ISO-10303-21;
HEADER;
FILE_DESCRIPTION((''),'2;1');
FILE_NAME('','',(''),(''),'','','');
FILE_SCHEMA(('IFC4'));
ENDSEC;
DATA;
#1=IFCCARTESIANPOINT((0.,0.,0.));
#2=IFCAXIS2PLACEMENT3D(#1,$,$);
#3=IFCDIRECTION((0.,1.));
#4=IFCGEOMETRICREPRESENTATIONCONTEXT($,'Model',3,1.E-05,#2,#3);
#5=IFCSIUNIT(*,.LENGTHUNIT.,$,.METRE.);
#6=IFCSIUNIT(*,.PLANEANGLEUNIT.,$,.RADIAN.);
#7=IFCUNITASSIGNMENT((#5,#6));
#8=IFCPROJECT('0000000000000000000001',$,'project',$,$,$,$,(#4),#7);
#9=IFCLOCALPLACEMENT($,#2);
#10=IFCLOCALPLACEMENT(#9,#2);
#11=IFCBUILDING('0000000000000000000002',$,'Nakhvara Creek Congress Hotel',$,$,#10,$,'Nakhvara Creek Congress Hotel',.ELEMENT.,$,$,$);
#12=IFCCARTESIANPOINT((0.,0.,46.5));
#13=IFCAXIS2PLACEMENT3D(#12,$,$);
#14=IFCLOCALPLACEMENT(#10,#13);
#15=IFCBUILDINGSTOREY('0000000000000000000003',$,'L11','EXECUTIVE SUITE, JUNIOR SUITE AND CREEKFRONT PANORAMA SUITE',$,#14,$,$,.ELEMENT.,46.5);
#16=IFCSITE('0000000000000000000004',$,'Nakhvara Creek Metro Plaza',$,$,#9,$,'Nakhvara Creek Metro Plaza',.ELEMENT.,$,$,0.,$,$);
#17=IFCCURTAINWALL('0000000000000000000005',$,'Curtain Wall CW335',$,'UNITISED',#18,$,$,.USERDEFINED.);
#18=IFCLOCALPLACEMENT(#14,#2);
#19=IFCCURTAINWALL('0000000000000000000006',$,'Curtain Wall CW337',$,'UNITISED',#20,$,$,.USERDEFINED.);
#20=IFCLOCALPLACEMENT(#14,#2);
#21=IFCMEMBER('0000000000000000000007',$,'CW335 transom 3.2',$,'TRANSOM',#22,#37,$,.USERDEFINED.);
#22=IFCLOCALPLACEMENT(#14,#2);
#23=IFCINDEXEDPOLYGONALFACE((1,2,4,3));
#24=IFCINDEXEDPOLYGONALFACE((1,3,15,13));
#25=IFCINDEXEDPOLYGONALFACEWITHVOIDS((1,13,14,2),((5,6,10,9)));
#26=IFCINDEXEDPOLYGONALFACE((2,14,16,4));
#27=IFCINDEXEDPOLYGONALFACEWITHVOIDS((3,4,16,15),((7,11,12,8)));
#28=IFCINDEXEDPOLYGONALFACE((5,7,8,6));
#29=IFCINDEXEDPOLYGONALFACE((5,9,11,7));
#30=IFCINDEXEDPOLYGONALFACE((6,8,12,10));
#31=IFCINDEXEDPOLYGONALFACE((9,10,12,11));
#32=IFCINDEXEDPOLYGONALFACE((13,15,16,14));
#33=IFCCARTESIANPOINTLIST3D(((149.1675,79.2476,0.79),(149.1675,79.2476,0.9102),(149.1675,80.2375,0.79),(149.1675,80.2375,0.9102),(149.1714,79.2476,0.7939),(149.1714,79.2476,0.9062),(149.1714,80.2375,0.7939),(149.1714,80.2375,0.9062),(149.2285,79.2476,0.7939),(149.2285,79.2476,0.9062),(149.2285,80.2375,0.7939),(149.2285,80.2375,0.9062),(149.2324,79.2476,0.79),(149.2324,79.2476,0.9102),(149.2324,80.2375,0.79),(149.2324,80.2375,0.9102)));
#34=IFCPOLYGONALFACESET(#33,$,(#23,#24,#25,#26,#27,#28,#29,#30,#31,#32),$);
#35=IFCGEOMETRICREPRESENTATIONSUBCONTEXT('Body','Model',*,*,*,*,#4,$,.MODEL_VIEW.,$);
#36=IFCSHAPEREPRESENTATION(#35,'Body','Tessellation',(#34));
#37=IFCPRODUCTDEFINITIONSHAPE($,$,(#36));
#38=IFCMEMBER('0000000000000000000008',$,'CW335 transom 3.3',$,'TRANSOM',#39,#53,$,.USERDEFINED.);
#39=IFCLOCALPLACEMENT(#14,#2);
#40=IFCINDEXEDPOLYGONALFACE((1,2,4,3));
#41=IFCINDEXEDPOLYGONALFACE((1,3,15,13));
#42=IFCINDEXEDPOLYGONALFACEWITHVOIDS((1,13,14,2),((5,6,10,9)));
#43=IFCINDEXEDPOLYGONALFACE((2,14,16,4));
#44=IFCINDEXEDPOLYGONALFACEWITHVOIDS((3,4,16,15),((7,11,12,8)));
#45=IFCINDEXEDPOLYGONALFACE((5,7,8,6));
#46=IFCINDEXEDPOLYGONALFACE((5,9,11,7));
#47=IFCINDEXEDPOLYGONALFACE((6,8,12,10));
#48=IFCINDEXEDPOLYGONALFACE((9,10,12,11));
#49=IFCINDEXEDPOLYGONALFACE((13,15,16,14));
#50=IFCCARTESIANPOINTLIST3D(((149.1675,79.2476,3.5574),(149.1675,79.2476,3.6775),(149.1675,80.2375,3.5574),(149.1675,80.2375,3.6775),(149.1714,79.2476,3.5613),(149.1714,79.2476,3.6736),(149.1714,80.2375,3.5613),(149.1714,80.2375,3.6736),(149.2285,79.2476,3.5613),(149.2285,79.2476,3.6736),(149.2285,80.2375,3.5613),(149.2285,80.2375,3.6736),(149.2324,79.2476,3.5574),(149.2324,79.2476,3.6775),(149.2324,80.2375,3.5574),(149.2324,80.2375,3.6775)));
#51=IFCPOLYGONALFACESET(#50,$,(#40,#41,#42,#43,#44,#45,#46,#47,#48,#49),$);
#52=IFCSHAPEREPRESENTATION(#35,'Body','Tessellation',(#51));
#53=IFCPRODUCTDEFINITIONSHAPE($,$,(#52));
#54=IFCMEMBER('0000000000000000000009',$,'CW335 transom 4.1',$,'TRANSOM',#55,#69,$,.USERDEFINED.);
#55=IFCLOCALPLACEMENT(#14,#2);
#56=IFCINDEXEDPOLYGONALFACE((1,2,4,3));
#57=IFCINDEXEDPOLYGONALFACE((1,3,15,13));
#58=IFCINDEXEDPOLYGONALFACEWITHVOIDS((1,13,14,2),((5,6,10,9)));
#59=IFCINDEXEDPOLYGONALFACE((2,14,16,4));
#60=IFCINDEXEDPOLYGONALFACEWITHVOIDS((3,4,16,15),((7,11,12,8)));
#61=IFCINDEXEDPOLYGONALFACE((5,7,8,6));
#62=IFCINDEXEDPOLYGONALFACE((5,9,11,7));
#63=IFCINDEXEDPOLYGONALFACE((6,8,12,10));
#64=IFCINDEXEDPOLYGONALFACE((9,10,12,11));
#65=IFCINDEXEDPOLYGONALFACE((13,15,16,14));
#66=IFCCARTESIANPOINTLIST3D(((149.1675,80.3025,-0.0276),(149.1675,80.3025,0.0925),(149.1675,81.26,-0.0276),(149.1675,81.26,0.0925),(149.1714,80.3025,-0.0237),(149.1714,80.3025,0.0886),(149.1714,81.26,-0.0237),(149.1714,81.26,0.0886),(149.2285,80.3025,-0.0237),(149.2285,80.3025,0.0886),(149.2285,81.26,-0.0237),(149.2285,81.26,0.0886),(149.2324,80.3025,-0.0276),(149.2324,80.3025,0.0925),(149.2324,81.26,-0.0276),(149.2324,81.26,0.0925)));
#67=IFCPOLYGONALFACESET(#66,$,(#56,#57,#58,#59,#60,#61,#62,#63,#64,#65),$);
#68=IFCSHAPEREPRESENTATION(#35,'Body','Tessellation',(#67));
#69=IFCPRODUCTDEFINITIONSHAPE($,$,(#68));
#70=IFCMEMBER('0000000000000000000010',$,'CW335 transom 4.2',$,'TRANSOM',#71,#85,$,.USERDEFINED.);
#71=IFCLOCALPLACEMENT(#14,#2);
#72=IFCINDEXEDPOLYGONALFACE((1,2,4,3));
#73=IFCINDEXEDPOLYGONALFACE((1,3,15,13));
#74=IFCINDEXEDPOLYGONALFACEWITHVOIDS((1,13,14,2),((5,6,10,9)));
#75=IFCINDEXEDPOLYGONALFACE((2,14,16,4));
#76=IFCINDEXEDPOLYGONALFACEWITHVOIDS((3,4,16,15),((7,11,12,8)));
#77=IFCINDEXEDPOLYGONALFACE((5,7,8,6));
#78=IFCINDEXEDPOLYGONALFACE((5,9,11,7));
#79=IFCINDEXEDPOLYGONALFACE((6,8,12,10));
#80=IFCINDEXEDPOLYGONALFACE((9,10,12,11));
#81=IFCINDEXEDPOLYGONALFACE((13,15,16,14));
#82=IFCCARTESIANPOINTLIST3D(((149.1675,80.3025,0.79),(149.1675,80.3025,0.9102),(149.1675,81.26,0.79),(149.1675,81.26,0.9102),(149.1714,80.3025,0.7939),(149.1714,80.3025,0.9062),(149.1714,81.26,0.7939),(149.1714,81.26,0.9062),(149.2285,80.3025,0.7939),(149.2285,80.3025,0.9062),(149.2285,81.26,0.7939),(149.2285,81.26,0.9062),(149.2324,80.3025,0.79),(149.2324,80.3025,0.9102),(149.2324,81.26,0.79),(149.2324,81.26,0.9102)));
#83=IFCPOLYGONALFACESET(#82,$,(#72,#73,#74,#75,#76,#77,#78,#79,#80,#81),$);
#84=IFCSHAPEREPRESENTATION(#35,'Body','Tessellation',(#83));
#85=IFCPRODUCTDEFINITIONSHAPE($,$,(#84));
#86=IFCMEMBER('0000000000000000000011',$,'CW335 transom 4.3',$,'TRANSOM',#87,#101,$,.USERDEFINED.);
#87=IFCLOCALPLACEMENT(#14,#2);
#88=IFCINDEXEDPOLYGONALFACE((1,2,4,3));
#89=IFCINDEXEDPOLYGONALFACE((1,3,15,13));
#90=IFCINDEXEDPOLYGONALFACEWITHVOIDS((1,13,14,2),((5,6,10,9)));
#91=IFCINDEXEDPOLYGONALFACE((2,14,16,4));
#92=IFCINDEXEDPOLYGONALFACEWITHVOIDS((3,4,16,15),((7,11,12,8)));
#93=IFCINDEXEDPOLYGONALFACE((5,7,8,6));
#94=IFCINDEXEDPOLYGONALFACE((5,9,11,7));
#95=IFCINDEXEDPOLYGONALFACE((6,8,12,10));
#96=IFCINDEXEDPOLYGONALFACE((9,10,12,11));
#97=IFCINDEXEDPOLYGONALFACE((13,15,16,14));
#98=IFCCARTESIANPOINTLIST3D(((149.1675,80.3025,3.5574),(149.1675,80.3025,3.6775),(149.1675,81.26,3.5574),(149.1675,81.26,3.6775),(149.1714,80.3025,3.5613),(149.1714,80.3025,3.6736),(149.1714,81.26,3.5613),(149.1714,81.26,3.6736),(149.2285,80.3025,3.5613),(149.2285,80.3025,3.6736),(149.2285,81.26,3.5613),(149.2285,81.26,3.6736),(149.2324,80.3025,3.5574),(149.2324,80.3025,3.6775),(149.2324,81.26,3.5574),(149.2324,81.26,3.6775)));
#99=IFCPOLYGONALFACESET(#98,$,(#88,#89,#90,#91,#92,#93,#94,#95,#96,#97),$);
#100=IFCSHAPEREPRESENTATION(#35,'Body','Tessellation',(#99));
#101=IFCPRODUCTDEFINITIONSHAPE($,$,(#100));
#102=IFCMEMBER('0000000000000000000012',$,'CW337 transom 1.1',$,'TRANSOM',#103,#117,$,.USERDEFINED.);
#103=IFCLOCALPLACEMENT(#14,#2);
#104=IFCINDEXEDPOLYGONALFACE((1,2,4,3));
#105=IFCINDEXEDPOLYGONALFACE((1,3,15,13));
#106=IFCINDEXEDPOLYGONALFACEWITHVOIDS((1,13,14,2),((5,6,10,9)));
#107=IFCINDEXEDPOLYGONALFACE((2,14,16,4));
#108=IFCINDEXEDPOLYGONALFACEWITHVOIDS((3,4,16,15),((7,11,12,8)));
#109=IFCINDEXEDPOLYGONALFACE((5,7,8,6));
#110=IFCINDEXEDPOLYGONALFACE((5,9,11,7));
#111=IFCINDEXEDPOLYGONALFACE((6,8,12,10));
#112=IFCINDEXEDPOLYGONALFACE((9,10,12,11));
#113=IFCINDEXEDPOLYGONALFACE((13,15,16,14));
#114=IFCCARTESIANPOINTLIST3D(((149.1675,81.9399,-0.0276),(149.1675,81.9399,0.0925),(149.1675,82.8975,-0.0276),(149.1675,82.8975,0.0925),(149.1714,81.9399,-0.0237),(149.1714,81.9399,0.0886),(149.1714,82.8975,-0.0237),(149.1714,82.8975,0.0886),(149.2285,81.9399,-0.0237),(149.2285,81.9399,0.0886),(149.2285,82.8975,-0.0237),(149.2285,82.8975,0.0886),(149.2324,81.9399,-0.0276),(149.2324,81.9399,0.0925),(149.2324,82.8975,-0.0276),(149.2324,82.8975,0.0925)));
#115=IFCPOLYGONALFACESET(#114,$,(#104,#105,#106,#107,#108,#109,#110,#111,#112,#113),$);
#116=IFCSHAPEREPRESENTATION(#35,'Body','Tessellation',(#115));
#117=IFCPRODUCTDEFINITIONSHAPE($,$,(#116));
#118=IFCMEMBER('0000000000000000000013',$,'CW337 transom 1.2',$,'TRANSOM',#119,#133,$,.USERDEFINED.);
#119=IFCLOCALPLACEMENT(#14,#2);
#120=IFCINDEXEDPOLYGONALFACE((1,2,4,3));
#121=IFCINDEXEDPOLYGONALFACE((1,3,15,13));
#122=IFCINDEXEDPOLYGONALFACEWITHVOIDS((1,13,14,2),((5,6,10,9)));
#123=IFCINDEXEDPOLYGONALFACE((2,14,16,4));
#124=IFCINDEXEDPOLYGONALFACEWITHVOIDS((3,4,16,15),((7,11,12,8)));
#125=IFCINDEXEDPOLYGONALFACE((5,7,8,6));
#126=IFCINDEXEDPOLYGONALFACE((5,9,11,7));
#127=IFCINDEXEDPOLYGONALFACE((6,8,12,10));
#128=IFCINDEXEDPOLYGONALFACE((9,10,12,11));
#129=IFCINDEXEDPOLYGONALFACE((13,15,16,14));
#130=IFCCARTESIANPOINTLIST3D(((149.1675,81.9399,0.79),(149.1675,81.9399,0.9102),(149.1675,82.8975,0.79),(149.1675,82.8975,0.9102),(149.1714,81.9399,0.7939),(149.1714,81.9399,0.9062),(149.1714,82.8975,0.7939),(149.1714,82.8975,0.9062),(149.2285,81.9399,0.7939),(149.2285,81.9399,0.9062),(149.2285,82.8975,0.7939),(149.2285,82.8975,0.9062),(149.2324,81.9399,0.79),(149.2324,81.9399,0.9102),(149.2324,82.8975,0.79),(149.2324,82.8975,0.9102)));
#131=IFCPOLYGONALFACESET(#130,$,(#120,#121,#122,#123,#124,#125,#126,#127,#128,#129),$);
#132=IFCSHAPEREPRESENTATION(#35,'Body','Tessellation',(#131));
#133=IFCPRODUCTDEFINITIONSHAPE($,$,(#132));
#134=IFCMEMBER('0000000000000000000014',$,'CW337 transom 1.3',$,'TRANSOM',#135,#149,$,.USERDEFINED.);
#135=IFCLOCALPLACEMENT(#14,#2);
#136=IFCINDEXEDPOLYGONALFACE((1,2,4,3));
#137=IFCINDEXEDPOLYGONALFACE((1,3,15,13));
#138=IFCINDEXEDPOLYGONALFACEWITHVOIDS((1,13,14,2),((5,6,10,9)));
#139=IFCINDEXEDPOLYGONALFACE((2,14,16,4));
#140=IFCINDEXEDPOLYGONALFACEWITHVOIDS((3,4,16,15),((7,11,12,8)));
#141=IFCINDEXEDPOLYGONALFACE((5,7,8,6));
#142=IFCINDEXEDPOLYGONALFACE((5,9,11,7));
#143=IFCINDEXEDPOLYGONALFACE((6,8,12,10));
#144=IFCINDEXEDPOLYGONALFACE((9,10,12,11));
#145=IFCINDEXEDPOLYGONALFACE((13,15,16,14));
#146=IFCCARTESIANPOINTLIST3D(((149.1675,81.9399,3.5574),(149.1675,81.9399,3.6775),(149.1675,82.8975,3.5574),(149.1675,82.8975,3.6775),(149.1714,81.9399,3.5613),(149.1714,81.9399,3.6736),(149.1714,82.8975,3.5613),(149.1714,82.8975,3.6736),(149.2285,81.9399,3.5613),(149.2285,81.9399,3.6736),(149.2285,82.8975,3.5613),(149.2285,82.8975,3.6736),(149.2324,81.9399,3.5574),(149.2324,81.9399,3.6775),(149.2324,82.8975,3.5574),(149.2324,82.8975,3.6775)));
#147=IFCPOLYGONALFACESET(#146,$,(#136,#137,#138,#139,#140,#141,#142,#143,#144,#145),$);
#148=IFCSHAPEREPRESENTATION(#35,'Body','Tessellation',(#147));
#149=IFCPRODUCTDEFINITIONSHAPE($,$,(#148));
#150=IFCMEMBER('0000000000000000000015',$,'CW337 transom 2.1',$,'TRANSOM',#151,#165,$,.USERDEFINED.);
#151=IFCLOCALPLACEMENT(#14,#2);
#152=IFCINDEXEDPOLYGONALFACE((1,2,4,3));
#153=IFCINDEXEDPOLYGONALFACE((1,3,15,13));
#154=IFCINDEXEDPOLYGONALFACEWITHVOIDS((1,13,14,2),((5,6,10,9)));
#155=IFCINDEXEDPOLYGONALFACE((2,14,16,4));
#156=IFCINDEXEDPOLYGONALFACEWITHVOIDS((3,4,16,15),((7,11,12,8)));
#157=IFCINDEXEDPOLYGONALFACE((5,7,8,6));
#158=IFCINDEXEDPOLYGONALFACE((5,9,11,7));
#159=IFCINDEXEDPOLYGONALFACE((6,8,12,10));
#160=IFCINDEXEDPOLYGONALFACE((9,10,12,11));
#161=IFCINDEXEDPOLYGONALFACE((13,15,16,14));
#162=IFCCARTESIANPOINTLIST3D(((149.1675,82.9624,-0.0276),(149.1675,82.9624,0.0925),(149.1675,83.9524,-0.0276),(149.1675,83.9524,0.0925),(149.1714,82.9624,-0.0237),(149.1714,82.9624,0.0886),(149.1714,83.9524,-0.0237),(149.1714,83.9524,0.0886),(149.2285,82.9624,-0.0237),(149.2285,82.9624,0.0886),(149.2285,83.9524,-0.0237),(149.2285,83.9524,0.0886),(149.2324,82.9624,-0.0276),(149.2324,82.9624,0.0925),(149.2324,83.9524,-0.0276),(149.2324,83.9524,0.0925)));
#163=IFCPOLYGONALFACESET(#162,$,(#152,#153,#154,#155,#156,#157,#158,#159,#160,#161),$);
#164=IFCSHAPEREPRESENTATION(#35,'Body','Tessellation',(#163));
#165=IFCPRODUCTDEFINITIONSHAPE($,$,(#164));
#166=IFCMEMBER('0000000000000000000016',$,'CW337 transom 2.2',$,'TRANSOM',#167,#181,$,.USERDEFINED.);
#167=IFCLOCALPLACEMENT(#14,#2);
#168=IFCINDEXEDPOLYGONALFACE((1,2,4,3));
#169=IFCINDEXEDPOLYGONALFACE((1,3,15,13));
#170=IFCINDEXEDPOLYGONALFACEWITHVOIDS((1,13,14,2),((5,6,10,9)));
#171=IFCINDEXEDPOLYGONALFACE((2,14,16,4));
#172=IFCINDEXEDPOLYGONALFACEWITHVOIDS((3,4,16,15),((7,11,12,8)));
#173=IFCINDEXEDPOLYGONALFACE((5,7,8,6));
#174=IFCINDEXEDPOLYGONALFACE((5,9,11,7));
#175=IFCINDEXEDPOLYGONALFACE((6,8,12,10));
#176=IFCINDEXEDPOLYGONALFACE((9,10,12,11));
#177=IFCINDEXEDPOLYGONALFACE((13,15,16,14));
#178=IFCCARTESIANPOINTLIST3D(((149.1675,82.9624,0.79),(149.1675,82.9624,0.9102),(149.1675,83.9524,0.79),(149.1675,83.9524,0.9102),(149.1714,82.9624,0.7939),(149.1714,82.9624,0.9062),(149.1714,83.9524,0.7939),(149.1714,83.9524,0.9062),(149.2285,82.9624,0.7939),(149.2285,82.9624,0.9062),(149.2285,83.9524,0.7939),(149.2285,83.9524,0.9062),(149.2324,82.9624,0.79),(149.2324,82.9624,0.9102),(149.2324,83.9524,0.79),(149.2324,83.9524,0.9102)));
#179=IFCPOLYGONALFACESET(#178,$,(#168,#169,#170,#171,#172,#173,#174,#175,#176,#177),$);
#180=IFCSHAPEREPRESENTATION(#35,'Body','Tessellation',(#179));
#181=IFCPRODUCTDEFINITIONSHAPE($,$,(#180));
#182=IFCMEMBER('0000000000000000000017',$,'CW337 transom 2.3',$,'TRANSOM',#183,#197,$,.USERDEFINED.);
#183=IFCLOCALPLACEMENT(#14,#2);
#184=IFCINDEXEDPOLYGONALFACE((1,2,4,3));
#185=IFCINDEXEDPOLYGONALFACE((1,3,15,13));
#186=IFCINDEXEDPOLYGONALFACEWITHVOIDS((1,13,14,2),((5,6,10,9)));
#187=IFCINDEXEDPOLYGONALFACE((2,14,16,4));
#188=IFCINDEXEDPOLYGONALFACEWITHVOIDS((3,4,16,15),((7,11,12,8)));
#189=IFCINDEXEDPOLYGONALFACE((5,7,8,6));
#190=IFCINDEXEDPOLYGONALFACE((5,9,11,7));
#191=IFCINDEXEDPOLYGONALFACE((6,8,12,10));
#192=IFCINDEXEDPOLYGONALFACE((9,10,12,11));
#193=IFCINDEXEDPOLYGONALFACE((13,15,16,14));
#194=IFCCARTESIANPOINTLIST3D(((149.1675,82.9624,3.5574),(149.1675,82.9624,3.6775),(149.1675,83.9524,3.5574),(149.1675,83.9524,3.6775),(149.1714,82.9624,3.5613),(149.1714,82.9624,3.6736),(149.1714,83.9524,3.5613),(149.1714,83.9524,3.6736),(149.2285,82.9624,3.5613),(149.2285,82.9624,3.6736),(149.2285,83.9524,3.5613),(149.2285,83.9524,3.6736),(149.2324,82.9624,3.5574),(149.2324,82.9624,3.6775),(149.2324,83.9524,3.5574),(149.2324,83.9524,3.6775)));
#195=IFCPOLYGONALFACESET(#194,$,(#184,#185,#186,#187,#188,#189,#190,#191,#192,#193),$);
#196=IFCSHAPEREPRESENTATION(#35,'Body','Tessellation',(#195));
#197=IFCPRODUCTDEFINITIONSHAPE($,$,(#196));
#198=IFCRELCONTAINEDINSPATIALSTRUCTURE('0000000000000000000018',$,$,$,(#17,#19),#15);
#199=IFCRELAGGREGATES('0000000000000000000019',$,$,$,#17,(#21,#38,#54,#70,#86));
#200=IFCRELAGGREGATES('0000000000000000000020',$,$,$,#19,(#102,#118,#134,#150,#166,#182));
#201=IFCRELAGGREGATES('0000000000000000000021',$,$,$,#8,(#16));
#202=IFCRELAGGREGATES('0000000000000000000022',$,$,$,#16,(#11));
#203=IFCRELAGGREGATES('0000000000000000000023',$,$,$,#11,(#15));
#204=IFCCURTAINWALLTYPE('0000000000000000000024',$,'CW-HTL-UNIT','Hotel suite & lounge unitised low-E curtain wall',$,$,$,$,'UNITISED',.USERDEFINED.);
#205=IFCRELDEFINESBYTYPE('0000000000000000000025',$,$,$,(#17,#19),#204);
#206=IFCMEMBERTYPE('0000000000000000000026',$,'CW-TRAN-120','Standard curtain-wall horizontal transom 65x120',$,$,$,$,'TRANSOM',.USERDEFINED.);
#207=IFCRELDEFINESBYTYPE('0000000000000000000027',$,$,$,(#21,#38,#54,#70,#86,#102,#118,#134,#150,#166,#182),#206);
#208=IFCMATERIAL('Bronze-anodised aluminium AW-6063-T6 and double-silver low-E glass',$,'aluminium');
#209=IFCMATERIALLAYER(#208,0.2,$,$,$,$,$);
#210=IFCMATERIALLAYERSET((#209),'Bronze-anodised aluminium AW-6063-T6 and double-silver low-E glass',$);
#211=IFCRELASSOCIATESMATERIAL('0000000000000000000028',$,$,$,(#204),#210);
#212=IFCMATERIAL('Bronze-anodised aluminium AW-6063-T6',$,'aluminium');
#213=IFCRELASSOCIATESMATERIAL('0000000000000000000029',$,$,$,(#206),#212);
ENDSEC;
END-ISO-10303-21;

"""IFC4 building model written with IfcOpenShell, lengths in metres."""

from ifc_helpers import new_model, si_unit, direction, frame, origin, origin_2d, place, context, subcontext, project, spatial, hollow_rectangle, extrude, material, layer, layer_set, material_profile, profile_set, type_object, element, aggregate, save


model = new_model("IFC4")

# Units and contexts
model_context = context("Model", 3, precision=1e-05, world=origin(), true_north=direction((0.0, 1.0)))
body_context = subcontext(model_context, "Body", "Model", "MODEL_VIEW")
ifc_project = project(units=[si_unit("LENGTHUNIT", "METRE"), si_unit("PLANEANGLEUNIT", "RADIAN")], contexts=[model_context])

# Site, building, storey
site_placement = place(None, origin())
site = spatial("IfcSite", under=ifc_project, at=site_placement, Name="Nakhvara Creek Metro Plaza", LongName="Nakhvara Creek Metro Plaza", CompositionType="ELEMENT", RefElevation=0.0)
building_placement = place(site_placement, origin())
building = spatial("IfcBuilding", under=site, at=building_placement, Name="Nakhvara Creek Congress Hotel", LongName="Nakhvara Creek Congress Hotel", CompositionType="ELEMENT")
storey_placement = place(building_placement, frame((0.0, 0.0, 46.5)))
storey = spatial("IfcBuildingStorey", under=building, at=storey_placement, Name="L11", Description="EXECUTIVE SUITE, JUNIOR SUITE AND CREEKFRONT PANORAMA SUITE", CompositionType="ELEMENT", Elevation=46.5)

# Curtain walls
ifc_material_1 = material(Name="Bronze-anodised aluminium AW-6063-T6 and double-silver low-E glass", Category="aluminium")
ifc_layer = layer(ifc_material_1, 0.2)
ifc_layer_set = layer_set([ifc_layer], Name="Bronze-anodised aluminium AW-6063-T6 and double-silver low-E glass")
curtain_wall_type = type_object("IfcCurtainWallType", Name="CW-HTL-UNIT", Description="Hotel suite & lounge unitised low-E curtain wall", ElementType="UNITISED", PredefinedType="USERDEFINED", material=ifc_layer_set)
curtain_wall_1_placement = place(storey_placement, origin())
curtain_wall_1 = element("IfcCurtainWall", 1, at=curtain_wall_1_placement, inside=storey, type_object=curtain_wall_type, Name="Curtain Wall CW335", ObjectType="UNITISED", PredefinedType="USERDEFINED")
ifc_material_2 = material(Name="Bronze-anodised aluminium AW-6063-T6", Category="aluminium")
curtain_wall_2_placement = place(storey_placement, origin())
curtain_wall_2 = element("IfcCurtainWall", 2, at=curtain_wall_2_placement, inside=storey, type_object=curtain_wall_type, Name="Curtain Wall CW337", ObjectType="UNITISED", PredefinedType="USERDEFINED")

# Members
ifc_material_profile_1 = material_profile(ifc_material_2, hollow_rectangle(XDim=0.0649, YDim=0.1201, WallThickness=0.0039, at=origin_2d()), Name="ALU-TRAN 65x120x4", Category="LoadBearing")
ifc_profile_set_1 = profile_set([ifc_material_profile_1], Name="Bronze-anodised aluminium AW-6063-T6")
member_type_1 = type_object("IfcMemberType", Name="CW-TRAN-120", Description="Standard curtain-wall horizontal transom 65x120", ElementType="TRANSOM", PredefinedType="USERDEFINED", material=ifc_profile_set_1)
member_1_placement = place(storey_placement, frame((149.2, 79.2476, 0.8501), z_axis=(0.0, 1.0, 0.0), x_axis=(-1.0, 0.0, 0.0)))
member_1 = element("IfcMember", 3, at=member_1_placement, type_object=member_type_1, Name="CW335 transom 3.2", ObjectType="TRANSOM", PredefinedType="USERDEFINED", context=body_context, shape_type="SweptSolid", body=[
    extrude(hollow_rectangle(XDim=0.0649, YDim=0.1201, WallThickness=0.0039, at=origin_2d()), origin(), (0.0, 0.0, 1.0), 0.99),
])
member_2_placement = place(storey_placement, frame((149.2, 79.2476, 3.6174), z_axis=(0.0, 1.0, 0.0), x_axis=(-1.0, 0.0, 0.0)))
member_2 = element("IfcMember", 4, at=member_2_placement, type_object=member_type_1, Name="CW335 transom 3.3", ObjectType="TRANSOM", PredefinedType="USERDEFINED", context=body_context, shape_type="SweptSolid", body=[
    extrude(hollow_rectangle(XDim=0.0649, YDim=0.1201, WallThickness=0.0039, at=origin_2d()), origin(), (0.0, 0.0, 1.0), 0.99),
])
member_3_placement = place(storey_placement, frame((149.2, 80.3025, 0.0325), z_axis=(0.0, 1.0, 0.0), x_axis=(-1.0, 0.0, 0.0)))
member_3 = element("IfcMember", 5, at=member_3_placement, type_object=member_type_1, Name="CW335 transom 4.1", ObjectType="TRANSOM", PredefinedType="USERDEFINED", context=body_context, shape_type="SweptSolid", body=[
    extrude(hollow_rectangle(XDim=0.0649, YDim=0.1201, WallThickness=0.0039, at=origin_2d()), origin(), (0.0, 0.0, 1.0), 0.9575),
])
member_4_placement = place(storey_placement, frame((149.2, 80.3025, 0.8501), z_axis=(0.0, 1.0, 0.0), x_axis=(-1.0, 0.0, 0.0)))
member_4 = element("IfcMember", 6, at=member_4_placement, type_object=member_type_1, Name="CW335 transom 4.2", ObjectType="TRANSOM", PredefinedType="USERDEFINED", context=body_context, shape_type="SweptSolid", body=[
    extrude(hollow_rectangle(XDim=0.0649, YDim=0.1201, WallThickness=0.0039, at=origin_2d()), origin(), (0.0, 0.0, 1.0), 0.9575),
])
member_5_placement = place(storey_placement, frame((149.2, 80.3025, 3.6174), z_axis=(0.0, 1.0, 0.0), x_axis=(-1.0, 0.0, 0.0)))
member_5 = element("IfcMember", 7, at=member_5_placement, type_object=member_type_1, Name="CW335 transom 4.3", ObjectType="TRANSOM", PredefinedType="USERDEFINED", context=body_context, shape_type="SweptSolid", body=[
    extrude(hollow_rectangle(XDim=0.0649, YDim=0.1201, WallThickness=0.0039, at=origin_2d()), origin(), (0.0, 0.0, 1.0), 0.9575),
])
member_6_placement = place(storey_placement, frame((149.2, 81.9399, 0.0325), z_axis=(0.0, 1.0, 0.0), x_axis=(-1.0, 0.0, 0.0)))
member_6 = element("IfcMember", 8, at=member_6_placement, type_object=member_type_1, Name="CW337 transom 1.1", ObjectType="TRANSOM", PredefinedType="USERDEFINED", context=body_context, shape_type="SweptSolid", body=[
    extrude(hollow_rectangle(XDim=0.0649, YDim=0.1201, WallThickness=0.0039, at=origin_2d()), origin(), (0.0, 0.0, 1.0), 0.9575),
])
member_7_placement = place(storey_placement, frame((149.2, 81.9399, 0.8501), z_axis=(0.0, 1.0, 0.0), x_axis=(-1.0, 0.0, 0.0)))
member_7 = element("IfcMember", 9, at=member_7_placement, type_object=member_type_1, Name="CW337 transom 1.2", ObjectType="TRANSOM", PredefinedType="USERDEFINED", context=body_context, shape_type="SweptSolid", body=[
    extrude(hollow_rectangle(XDim=0.0649, YDim=0.1201, WallThickness=0.0039, at=origin_2d()), origin(), (0.0, 0.0, 1.0), 0.9575),
])
member_8_placement = place(storey_placement, frame((149.2, 81.9399, 3.6174), z_axis=(0.0, 1.0, 0.0), x_axis=(-1.0, 0.0, 0.0)))
member_8 = element("IfcMember", 10, at=member_8_placement, type_object=member_type_1, Name="CW337 transom 1.3", ObjectType="TRANSOM", PredefinedType="USERDEFINED", context=body_context, shape_type="SweptSolid", body=[
    extrude(hollow_rectangle(XDim=0.0649, YDim=0.1201, WallThickness=0.0039, at=origin_2d()), origin(), (0.0, 0.0, 1.0), 0.9575),
])
member_9_placement = place(storey_placement, frame((149.2, 82.9624, 0.0325), z_axis=(0.0, 1.0, 0.0), x_axis=(-1.0, 0.0, 0.0)))
member_9 = element("IfcMember", 11, at=member_9_placement, type_object=member_type_1, Name="CW337 transom 2.1", ObjectType="TRANSOM", PredefinedType="USERDEFINED", context=body_context, shape_type="SweptSolid", body=[
    extrude(hollow_rectangle(XDim=0.0649, YDim=0.1201, WallThickness=0.0039, at=origin_2d()), origin(), (0.0, 0.0, 1.0), 0.99),
])
member_10_placement = place(storey_placement, frame((149.2, 82.9624, 0.8501), z_axis=(0.0, 1.0, 0.0), x_axis=(-1.0, 0.0, 0.0)))
member_10 = element("IfcMember", 12, at=member_10_placement, type_object=member_type_1, Name="CW337 transom 2.2", ObjectType="TRANSOM", PredefinedType="USERDEFINED", context=body_context, shape_type="SweptSolid", body=[
    extrude(hollow_rectangle(XDim=0.0649, YDim=0.1201, WallThickness=0.0039, at=origin_2d()), origin(), (0.0, 0.0, 1.0), 0.99),
])
member_11_placement = place(storey_placement, frame((149.2, 82.9624, 3.6174), z_axis=(0.0, 1.0, 0.0), x_axis=(-1.0, 0.0, 0.0)))
member_11 = element("IfcMember", 13, at=member_11_placement, type_object=member_type_1, Name="CW337 transom 2.3", ObjectType="TRANSOM", PredefinedType="USERDEFINED", context=body_context, shape_type="SweptSolid", body=[
    extrude(hollow_rectangle(XDim=0.0649, YDim=0.1201, WallThickness=0.0039, at=origin_2d()), origin(), (0.0, 0.0, 1.0), 0.99),
])

aggregate(curtain_wall_1, [member_1, member_2, member_3, member_4, member_5])
aggregate(curtain_wall_2, [member_6, member_7, member_8, member_9, member_10, member_11])

save(model, "model.ifc")
